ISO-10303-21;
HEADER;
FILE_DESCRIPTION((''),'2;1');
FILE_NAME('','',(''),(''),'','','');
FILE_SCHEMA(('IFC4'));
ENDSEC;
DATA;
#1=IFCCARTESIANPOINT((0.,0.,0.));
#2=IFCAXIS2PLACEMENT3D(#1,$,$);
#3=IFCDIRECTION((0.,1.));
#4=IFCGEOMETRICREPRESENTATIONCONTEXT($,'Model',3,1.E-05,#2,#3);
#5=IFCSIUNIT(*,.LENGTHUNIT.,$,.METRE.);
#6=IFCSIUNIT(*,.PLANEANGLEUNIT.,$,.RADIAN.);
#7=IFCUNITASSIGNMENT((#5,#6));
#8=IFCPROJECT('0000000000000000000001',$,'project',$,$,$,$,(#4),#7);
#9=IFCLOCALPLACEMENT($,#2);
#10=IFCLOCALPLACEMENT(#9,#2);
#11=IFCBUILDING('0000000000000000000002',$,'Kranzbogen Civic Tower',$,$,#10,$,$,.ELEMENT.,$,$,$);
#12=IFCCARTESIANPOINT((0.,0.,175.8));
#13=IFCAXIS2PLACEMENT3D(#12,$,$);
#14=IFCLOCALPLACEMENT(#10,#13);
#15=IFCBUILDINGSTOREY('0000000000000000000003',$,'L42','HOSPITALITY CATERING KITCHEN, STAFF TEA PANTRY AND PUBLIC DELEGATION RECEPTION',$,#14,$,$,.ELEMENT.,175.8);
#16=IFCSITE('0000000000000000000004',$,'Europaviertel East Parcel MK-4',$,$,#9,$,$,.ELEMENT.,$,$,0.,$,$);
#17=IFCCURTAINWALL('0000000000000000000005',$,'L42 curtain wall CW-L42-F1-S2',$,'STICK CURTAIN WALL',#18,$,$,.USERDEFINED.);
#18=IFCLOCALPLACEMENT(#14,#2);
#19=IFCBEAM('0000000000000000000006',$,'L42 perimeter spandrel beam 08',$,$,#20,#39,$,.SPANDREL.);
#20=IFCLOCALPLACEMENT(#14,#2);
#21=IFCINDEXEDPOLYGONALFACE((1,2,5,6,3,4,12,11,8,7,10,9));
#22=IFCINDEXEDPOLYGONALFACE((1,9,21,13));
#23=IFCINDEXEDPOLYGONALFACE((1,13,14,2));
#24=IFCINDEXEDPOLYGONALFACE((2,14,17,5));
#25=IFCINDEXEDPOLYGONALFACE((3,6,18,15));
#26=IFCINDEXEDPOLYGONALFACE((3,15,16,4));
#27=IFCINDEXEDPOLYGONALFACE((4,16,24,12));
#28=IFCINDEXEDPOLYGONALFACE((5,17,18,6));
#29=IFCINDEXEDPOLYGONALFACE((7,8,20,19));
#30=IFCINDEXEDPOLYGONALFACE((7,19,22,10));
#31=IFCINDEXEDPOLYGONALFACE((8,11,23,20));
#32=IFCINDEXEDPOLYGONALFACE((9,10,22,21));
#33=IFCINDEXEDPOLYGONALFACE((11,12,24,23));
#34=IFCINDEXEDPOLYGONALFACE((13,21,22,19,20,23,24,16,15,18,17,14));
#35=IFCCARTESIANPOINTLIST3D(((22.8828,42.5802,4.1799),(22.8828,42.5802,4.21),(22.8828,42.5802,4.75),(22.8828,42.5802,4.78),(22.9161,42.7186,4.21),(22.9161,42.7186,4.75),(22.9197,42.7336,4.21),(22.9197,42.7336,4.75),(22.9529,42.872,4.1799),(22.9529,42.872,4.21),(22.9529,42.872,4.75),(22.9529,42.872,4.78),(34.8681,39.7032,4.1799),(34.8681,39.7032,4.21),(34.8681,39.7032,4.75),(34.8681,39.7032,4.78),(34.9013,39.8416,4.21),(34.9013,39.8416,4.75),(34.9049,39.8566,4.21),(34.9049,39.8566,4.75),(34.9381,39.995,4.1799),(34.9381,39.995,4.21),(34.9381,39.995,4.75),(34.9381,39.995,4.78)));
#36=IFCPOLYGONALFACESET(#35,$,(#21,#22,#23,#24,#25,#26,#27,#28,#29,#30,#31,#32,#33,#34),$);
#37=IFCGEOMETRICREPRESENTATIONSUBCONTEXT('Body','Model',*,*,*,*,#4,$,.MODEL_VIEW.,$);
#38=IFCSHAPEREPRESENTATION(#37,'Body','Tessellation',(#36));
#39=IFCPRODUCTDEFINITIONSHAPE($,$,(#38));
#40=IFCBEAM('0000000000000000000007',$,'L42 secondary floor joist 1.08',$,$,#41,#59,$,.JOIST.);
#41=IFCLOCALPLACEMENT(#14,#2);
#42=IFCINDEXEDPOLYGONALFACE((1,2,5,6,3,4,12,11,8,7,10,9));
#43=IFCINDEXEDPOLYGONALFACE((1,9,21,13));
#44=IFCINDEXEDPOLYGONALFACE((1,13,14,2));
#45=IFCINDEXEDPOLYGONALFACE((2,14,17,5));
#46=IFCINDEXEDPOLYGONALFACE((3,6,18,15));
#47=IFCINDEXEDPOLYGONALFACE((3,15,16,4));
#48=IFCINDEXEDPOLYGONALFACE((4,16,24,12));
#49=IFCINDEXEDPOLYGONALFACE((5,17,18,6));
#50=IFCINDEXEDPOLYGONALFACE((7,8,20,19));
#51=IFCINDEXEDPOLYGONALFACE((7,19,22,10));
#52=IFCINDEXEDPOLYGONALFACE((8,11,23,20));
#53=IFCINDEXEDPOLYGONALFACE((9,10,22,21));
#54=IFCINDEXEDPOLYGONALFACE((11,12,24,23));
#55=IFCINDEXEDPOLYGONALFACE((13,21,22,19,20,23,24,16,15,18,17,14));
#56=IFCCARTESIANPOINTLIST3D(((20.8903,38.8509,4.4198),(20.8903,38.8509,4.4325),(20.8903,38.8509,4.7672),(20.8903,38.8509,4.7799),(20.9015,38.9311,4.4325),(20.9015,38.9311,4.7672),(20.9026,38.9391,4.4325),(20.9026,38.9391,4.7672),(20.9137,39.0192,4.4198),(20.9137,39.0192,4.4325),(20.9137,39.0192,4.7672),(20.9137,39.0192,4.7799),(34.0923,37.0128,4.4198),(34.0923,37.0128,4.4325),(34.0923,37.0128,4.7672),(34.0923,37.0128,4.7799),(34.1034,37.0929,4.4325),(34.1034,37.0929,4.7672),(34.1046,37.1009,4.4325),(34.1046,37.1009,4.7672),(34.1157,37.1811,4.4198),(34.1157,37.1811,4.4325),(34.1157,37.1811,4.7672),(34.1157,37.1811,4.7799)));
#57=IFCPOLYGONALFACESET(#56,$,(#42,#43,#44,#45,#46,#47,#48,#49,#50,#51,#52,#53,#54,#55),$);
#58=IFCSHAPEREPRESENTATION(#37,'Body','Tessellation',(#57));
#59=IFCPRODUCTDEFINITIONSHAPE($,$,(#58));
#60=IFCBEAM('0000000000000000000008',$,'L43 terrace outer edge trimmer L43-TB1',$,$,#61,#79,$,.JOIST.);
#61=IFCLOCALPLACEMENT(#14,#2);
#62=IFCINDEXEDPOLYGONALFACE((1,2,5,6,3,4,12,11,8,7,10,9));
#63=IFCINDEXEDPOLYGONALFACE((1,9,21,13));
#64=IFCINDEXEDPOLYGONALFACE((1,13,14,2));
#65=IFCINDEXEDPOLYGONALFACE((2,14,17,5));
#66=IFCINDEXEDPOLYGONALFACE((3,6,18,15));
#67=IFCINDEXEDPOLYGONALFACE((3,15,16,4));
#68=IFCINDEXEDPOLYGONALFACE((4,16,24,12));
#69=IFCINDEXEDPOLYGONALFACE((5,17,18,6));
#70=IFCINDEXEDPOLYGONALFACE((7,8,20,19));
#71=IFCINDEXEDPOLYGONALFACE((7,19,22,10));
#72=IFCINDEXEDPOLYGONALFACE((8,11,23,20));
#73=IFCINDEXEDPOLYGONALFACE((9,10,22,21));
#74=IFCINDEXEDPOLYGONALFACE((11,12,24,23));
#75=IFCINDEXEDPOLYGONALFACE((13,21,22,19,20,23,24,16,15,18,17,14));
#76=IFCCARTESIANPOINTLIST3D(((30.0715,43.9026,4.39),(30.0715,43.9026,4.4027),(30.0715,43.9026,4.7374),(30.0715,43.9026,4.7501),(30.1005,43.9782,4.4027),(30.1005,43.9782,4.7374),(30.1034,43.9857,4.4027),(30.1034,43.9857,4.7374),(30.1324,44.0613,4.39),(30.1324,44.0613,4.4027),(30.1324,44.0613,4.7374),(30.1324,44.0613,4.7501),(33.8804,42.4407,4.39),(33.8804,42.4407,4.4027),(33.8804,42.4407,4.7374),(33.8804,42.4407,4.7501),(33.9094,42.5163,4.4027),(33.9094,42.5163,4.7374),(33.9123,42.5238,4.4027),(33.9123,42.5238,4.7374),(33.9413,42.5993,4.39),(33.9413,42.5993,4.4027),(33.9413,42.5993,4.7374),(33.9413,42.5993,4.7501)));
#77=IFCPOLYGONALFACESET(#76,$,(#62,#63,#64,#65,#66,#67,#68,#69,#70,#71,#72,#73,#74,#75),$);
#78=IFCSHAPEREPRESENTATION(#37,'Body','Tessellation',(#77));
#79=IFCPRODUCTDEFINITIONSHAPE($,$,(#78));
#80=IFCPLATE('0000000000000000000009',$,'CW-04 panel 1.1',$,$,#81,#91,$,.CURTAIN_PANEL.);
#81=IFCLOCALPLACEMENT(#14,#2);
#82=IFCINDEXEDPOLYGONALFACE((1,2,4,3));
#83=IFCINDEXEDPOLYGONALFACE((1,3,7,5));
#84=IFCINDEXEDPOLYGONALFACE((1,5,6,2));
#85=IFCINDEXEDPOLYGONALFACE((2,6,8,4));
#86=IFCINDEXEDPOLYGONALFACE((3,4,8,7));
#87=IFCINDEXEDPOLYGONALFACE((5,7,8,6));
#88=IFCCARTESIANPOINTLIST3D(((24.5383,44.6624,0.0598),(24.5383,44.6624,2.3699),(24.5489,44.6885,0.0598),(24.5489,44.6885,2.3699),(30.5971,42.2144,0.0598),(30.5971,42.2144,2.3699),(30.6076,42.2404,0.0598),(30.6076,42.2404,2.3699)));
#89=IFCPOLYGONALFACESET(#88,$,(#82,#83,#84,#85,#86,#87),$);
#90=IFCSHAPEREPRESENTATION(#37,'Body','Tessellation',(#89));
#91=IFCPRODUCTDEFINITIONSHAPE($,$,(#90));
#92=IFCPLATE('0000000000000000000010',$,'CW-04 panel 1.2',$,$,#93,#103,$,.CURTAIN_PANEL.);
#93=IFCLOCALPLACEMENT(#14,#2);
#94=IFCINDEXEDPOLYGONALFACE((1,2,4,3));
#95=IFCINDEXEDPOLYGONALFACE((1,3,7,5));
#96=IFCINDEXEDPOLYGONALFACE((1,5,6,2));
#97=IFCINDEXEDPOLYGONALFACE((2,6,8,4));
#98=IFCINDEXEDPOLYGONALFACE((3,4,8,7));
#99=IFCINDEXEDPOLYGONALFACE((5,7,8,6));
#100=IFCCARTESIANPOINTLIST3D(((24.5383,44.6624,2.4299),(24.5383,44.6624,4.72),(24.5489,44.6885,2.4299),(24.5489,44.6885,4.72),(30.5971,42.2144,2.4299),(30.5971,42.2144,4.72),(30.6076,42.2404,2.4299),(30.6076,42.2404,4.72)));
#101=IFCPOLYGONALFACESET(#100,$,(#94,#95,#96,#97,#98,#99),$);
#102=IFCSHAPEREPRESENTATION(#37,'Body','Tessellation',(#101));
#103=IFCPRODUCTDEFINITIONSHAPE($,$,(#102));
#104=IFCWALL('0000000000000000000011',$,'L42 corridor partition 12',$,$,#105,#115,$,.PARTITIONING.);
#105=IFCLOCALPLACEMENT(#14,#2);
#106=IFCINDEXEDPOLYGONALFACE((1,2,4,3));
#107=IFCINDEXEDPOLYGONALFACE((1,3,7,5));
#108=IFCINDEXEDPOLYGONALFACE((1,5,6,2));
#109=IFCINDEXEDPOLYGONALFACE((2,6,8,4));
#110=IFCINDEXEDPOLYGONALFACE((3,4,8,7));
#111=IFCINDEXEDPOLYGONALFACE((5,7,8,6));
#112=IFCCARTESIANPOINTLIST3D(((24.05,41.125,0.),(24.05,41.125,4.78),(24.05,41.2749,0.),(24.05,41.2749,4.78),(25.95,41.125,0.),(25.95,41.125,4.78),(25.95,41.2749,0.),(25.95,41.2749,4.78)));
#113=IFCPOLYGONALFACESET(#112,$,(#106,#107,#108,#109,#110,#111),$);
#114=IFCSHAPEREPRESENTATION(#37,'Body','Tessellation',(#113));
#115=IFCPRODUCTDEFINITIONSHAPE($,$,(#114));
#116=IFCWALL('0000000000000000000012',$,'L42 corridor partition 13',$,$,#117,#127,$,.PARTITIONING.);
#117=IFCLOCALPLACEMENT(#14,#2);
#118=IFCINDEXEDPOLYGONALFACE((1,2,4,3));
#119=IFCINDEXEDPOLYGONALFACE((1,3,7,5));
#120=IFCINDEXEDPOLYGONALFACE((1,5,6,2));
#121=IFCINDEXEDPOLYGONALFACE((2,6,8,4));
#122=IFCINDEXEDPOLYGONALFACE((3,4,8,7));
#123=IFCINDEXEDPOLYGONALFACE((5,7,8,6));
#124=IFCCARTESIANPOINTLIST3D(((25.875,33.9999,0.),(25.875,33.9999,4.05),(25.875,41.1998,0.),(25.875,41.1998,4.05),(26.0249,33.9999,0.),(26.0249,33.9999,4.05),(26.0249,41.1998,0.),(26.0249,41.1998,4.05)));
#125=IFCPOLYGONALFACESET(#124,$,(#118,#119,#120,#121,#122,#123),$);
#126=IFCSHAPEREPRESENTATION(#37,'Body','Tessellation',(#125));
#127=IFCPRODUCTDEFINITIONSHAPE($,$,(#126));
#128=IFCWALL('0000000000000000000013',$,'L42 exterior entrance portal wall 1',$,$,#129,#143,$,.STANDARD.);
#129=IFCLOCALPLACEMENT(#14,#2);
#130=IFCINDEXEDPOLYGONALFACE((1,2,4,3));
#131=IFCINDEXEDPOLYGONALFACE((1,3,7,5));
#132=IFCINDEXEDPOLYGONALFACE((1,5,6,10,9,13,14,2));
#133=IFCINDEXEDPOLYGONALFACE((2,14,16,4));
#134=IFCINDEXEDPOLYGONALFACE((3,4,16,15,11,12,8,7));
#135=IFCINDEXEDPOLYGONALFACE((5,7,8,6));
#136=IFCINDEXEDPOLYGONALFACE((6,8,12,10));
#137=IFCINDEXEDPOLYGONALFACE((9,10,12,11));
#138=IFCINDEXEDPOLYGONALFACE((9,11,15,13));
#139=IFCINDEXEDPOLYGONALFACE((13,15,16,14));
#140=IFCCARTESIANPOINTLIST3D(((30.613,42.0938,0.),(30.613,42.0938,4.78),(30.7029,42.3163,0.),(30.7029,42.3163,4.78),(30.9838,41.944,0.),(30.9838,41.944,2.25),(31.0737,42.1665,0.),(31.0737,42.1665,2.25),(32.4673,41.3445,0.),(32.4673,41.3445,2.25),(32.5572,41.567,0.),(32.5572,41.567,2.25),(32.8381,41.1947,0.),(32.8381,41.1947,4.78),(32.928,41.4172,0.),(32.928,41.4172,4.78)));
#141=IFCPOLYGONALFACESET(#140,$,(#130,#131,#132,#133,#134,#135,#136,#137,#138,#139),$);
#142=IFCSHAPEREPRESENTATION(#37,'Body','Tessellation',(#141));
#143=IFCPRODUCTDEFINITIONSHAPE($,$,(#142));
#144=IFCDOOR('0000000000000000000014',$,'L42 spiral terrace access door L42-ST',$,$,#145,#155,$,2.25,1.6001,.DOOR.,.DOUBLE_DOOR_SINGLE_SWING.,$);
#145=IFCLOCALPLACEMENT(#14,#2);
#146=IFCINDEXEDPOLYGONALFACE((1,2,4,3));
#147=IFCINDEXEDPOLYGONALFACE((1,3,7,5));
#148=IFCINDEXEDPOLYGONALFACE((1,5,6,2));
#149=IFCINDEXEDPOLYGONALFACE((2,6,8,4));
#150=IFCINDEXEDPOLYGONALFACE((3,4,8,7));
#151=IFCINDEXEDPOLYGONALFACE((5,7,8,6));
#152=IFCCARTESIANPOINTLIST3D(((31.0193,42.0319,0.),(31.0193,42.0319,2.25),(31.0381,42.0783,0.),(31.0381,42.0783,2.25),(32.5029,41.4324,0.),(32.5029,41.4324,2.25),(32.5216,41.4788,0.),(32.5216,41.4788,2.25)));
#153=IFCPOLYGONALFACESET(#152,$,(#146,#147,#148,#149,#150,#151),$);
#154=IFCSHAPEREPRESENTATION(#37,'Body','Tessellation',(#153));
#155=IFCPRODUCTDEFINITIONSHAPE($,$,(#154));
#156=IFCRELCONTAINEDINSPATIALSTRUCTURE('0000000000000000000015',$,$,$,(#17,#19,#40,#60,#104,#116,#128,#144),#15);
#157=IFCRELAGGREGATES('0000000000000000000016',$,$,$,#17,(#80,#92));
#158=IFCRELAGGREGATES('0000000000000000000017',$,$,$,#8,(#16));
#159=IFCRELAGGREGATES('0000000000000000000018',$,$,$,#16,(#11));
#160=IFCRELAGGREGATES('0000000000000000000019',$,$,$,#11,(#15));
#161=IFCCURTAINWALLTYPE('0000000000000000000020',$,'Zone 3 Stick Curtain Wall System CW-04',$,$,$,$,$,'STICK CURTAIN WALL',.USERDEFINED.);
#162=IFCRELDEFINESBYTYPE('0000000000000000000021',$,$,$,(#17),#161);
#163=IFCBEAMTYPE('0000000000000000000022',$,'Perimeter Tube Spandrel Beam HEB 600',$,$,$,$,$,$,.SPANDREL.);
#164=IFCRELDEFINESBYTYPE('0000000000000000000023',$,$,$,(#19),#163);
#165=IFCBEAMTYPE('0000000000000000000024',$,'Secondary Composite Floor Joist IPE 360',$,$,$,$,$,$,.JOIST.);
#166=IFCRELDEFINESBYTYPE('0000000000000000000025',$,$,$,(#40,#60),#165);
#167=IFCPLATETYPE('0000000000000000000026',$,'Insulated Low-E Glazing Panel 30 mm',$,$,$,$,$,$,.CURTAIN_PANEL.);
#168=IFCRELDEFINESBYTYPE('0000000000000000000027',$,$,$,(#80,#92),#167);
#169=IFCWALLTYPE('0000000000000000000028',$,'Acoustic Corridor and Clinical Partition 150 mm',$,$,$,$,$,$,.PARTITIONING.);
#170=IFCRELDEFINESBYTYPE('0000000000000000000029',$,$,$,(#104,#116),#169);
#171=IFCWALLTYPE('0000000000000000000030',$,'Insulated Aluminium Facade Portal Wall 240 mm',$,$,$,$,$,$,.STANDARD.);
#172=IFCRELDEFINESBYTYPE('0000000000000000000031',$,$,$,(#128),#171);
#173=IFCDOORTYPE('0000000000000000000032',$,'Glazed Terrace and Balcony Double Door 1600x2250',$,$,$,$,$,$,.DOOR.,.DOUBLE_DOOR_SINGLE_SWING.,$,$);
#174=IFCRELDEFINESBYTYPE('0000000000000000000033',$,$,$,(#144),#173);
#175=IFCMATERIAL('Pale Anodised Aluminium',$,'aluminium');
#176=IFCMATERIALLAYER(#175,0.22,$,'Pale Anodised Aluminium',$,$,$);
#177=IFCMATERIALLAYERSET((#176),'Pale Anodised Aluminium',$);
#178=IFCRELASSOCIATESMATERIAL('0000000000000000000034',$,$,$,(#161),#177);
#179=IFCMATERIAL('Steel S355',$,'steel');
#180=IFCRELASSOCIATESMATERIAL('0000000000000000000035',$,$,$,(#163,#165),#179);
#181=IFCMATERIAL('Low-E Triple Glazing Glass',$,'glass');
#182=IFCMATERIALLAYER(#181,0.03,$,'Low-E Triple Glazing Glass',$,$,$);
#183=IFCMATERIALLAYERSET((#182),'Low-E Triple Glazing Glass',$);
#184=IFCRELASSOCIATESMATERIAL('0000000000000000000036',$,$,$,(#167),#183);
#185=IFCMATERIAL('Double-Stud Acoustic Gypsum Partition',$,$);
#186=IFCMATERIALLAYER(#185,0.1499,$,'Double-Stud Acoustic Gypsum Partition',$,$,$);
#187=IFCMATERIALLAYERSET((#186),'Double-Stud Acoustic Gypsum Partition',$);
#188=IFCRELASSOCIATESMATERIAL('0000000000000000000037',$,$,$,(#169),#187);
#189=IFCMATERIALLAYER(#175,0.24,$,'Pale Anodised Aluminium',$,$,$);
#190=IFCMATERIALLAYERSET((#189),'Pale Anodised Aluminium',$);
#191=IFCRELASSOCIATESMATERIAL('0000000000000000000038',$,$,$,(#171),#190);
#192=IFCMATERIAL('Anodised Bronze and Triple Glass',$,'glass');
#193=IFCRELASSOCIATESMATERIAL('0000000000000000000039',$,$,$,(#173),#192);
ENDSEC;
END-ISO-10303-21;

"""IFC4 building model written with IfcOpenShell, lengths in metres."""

from ifc_helpers import new_model, si_unit, direction, frame, frame_2d, origin, origin_2d, place, context, subcontext, project, spatial, rectangle, i_section, extrude, material, layer, layer_set, material_profile, profile_set, type_object, element, fill, aggregate, save


model = new_model("IFC4")

# Units and contexts
model_context = context("Model", 3, precision=1e-05, world=origin(), true_north=direction((0.0, 1.0)))
body_context = subcontext(model_context, "Body", "Model", "MODEL_VIEW")
ifc_project = project(units=[si_unit("LENGTHUNIT", "METRE"), si_unit("PLANEANGLEUNIT", "RADIAN")], contexts=[model_context])

# Site, building, storey
site_placement = place(None, origin())
site = spatial("IfcSite", under=ifc_project, at=site_placement, Name="Europaviertel East Parcel MK-4", CompositionType="ELEMENT", RefElevation=0.0)
building_placement = place(site_placement, origin())
building = spatial("IfcBuilding", under=site, at=building_placement, Name="Kranzbogen Civic Tower", CompositionType="ELEMENT")
storey_placement = place(building_placement, frame((0.0, 0.0, 175.8)))
storey = spatial("IfcBuildingStorey", under=building, at=storey_placement, Name="L42", Description="HOSPITALITY CATERING KITCHEN, STAFF TEA PANTRY AND PUBLIC DELEGATION RECEPTION", CompositionType="ELEMENT", Elevation=175.8)

# Shared definitions
ifc_material_1 = material(Name="Steel S355", Category="steel")

# Shared definitions
ifc_material_2 = material(Name="Pale Anodised Aluminium", Category="aluminium")
ifc_layer_1 = layer(ifc_material_2, 0.22, Name="Pale Anodised Aluminium")
ifc_layer_set_1 = layer_set([ifc_layer_1], Name="Pale Anodised Aluminium")
curtain_wall_type_1 = type_object("IfcCurtainWallType", Name="Zone 3 Stick Curtain Wall System CW-04", ElementType="STICK CURTAIN WALL", PredefinedType="USERDEFINED", material=ifc_layer_set_1)

# Curtain wall
curtain_wall_1_placement = place(storey_placement, origin())
curtain_wall_1 = element("IfcCurtainWall", 1, at=curtain_wall_1_placement, inside=storey, type_object=curtain_wall_type_1, Name="L42 curtain wall CW-L42-F1-S2", ObjectType="STICK CURTAIN WALL", PredefinedType="USERDEFINED")

# Beams
ifc_material_profile_1 = material_profile(ifc_material_1, i_section(OverallWidth=0.3, OverallDepth=0.6001, WebThickness=0.0154, FlangeThickness=0.03, at=origin_2d()), Name="HEB 600")
ifc_profile_set_1 = profile_set([ifc_material_profile_1], Name="Steel S355")
beam_type_1 = type_object("IfcBeamType", Name="Perimeter Tube Spandrel Beam HEB 600", PredefinedType="SPANDREL", material=ifc_profile_set_1)
beam_1_placement = place(storey_placement, frame((34.9031, 39.8491, 4.48), z_axis=(-0.972378, 0.233413, 0.0), x_axis=(-0.233413, -0.972378, 0.0)))
element("IfcBeam", 2, at=beam_1_placement, inside=storey, type_object=beam_type_1, Name="L42 perimeter spandrel beam 08", PredefinedType="SPANDREL", context=body_context, shape_type="SweptSolid", body=[
    extrude(i_section(OverallWidth=0.3, OverallDepth=0.6001, WebThickness=0.0154, FlangeThickness=0.03, at=origin_2d()), origin(), (0.0, 0.0, 1.0), 12.3257),
])
ifc_material_profile_2 = material_profile(ifc_material_1, i_section(OverallWidth=0.1699, OverallDepth=0.3601, WebThickness=0.0081, FlangeThickness=0.0127, at=origin_2d()), Name="IPE 360")
ifc_profile_set_2 = profile_set([ifc_material_profile_2], Name="Steel S355")
beam_type_2 = type_object("IfcBeamType", Name="Secondary Composite Floor Joist IPE 360", PredefinedType="JOIST", material=ifc_profile_set_2)
beam_2_placement = place(storey_placement, frame((34.104, 37.0969, 4.5999), z_axis=(-0.990446, 0.137902, 0.0), x_axis=(-0.137902, -0.990446, 0.0)))
element("IfcBeam", 3, at=beam_2_placement, inside=storey, type_object=beam_type_2, Name="L42 secondary floor joist 1.08", PredefinedType="JOIST", context=body_context, shape_type="SweptSolid", body=[
    extrude(i_section(OverallWidth=0.1699, OverallDepth=0.3601, WebThickness=0.0081, FlangeThickness=0.0127, at=origin_2d()), origin(), (0.0, 0.0, 1.0), 13.3293),
])
beam_3_placement = place(storey_placement, frame((33.9109, 42.52, 4.5701), z_axis=(-0.933594, 0.358333, 0.0), x_axis=(-0.358333, -0.933594, 0.0)))
element("IfcBeam", 4, at=beam_3_placement, inside=storey, type_object=beam_type_2, Name="L43 terrace outer edge trimmer L43-TB1", PredefinedType="JOIST", context=body_context, shape_type="SweptSolid", body=[
    extrude(i_section(OverallWidth=0.1699, OverallDepth=0.3601, WebThickness=0.0081, FlangeThickness=0.0127, at=origin_2d()), origin(), (0.0, 0.0, 1.0), 4.0798),
])

# Plates
ifc_material_3 = material(Name="Low-E Triple Glazing Glass", Category="glass")
ifc_layer_2 = layer(ifc_material_3, 0.03, Name="Low-E Triple Glazing Glass")
ifc_layer_set_2 = layer_set([ifc_layer_2], Name="Low-E Triple Glazing Glass")
plate_type = type_object("IfcPlateType", Name="Insulated Low-E Glazing Panel 30 mm", PredefinedType="CURTAIN_PANEL", material=ifc_layer_set_2)
plate_1_placement = place(storey_placement, frame((27.573, 43.4514, 0.0598), z_axis=(0.0, 0.0, 1.0), x_axis=(-0.927176, 0.374627, 0.0)))
plate_1 = element("IfcPlate", 5, at=plate_1_placement, type_object=plate_type, Name="CW-04 panel 1.1", PredefinedType="CURTAIN_PANEL", context=body_context, shape_type="SweptSolid", body=[
    extrude(rectangle(XDim=6.5347, YDim=0.0281, at=origin_2d()), origin(), (0.0, 0.0, 1.0), 2.3101),
])
plate_2_placement = place(storey_placement, frame((27.573, 43.4514, 2.4299), z_axis=(0.0, 0.0, 1.0), x_axis=(-0.927176, 0.374627, 0.0)))
plate_2 = element("IfcPlate", 6, at=plate_2_placement, type_object=plate_type, Name="CW-04 panel 1.2", PredefinedType="CURTAIN_PANEL", context=body_context, shape_type="SweptSolid", body=[
    extrude(rectangle(XDim=6.5347, YDim=0.0281, at=origin_2d()), origin(), (0.0, 0.0, 1.0), 2.29),
])
aggregate(curtain_wall_1, [plate_1, plate_2])

# Walls
ifc_material_4 = material(Name="Double-Stud Acoustic Gypsum Partition")
ifc_layer_3 = layer(ifc_material_4, 0.1499, Name="Double-Stud Acoustic Gypsum Partition")
ifc_layer_set_3 = layer_set([ifc_layer_3], Name="Double-Stud Acoustic Gypsum Partition")
wall_type_1 = type_object("IfcWallType", Name="Acoustic Corridor and Clinical Partition 150 mm", PredefinedType="PARTITIONING", material=ifc_layer_set_3)
wall_1_placement = place(storey_placement, frame((24.05, 41.2, 0.0), z_axis=(0.0, 0.0, 1.0), x_axis=(1.0, 0.0, 0.0)))
element("IfcWall", 7, at=wall_1_placement, inside=storey, type_object=wall_type_1, Name="L42 corridor partition 12", PredefinedType="PARTITIONING", context=body_context, shape_type="SweptSolid", body=[
    extrude(rectangle(XDim=1.8999, YDim=0.1499, at=frame_2d((0.95, 0.0))), origin(), (0.0, 0.0, 1.0), 4.78),
])
wall_2_placement = place(storey_placement, frame((25.95, 41.2, 0.0), z_axis=(0.0, 0.0, 1.0), x_axis=(0.0, -1.0, 0.0)))
element("IfcWall", 8, at=wall_2_placement, inside=storey, type_object=wall_type_1, Name="L42 corridor partition 13", PredefinedType="PARTITIONING", context=body_context, shape_type="SweptSolid", body=[
    extrude(rectangle(XDim=7.2, YDim=0.1499, at=frame_2d((3.6001, 0.0))), origin(), (0.0, 0.0, 1.0), 4.05),
])

# Wall, opening, door
ifc_layer_4 = layer(ifc_material_2, 0.24, Name="Pale Anodised Aluminium")
ifc_layer_set_4 = layer_set([ifc_layer_4], Name="Pale Anodised Aluminium")
wall_type_2 = type_object("IfcWallType", Name="Insulated Aluminium Facade Portal Wall 240 mm", PredefinedType="STANDARD", material=ifc_layer_set_4)
wall_3_placement = place(storey_placement, frame((32.8831, 41.3059, 0.0), z_axis=(0.0, 0.0, 1.0), x_axis=(-0.927159, 0.374668, 0.0)))
wall_3 = element("IfcWall", 9, at=wall_3_placement, inside=storey, type_object=wall_type_2, Name="L42 exterior entrance portal wall 1", PredefinedType="STANDARD", context=body_context, shape_type="SweptSolid", body=[
    extrude(rectangle(XDim=2.3999, YDim=0.24, at=frame_2d((1.2, 0.0))), origin(), (0.0, 0.0, 1.0), 4.78),
])
opening_placement = place(wall_3_placement, frame((0.3999, 0.0, 0.0)))
opening = element("IfcOpeningElement", 10, at=opening_placement, cuts=wall_3, PredefinedType="OPENING", context=body_context, shape_type="SweptSolid", body=[
    extrude(rectangle(XDim=1.6001, YDim=2.25, at=frame_2d((0.8, 1.125))), frame((0.0, 0.1299, 0.0), z_axis=(0.0, -1.0, 0.0), x_axis=(1.0, 0.0, 0.0)), (0.0, 0.0, 1.0), 0.26),
])
ifc_material_5 = material(Name="Anodised Bronze and Triple Glass", Category="glass")
door_type = type_object("IfcDoorType", Name="Glazed Terrace and Balcony Double Door 1600x2250", OperationType="DOUBLE_DOOR_SINGLE_SWING", PredefinedType="DOOR", material=ifc_material_5)
door_placement = place(opening_placement, frame((1.6001, 0.0, 0.0), z_axis=(0.0, 0.0, 1.0), x_axis=(-1.0, 0.0, 0.0)))
door = element("IfcDoor", 11, at=door_placement, inside=storey, type_object=door_type, Name="L42 spiral terrace access door L42-ST", OperationType="DOUBLE_DOOR_SINGLE_SWING", OverallHeight=2.25, OverallWidth=1.6001, PredefinedType="DOOR", context=body_context, shape_type="SweptSolid", body=[
    extrude(rectangle(XDim=1.6001, YDim=2.25, at=frame_2d((0.8, 1.125))), frame((0.0, 0.0249, 0.0), z_axis=(0.0, -1.0, 0.0), x_axis=(1.0, 0.0, 0.0)), (0.0, 0.0, 1.0), 0.05),
])
fill(opening, door)

save(model, "model.ifc")
